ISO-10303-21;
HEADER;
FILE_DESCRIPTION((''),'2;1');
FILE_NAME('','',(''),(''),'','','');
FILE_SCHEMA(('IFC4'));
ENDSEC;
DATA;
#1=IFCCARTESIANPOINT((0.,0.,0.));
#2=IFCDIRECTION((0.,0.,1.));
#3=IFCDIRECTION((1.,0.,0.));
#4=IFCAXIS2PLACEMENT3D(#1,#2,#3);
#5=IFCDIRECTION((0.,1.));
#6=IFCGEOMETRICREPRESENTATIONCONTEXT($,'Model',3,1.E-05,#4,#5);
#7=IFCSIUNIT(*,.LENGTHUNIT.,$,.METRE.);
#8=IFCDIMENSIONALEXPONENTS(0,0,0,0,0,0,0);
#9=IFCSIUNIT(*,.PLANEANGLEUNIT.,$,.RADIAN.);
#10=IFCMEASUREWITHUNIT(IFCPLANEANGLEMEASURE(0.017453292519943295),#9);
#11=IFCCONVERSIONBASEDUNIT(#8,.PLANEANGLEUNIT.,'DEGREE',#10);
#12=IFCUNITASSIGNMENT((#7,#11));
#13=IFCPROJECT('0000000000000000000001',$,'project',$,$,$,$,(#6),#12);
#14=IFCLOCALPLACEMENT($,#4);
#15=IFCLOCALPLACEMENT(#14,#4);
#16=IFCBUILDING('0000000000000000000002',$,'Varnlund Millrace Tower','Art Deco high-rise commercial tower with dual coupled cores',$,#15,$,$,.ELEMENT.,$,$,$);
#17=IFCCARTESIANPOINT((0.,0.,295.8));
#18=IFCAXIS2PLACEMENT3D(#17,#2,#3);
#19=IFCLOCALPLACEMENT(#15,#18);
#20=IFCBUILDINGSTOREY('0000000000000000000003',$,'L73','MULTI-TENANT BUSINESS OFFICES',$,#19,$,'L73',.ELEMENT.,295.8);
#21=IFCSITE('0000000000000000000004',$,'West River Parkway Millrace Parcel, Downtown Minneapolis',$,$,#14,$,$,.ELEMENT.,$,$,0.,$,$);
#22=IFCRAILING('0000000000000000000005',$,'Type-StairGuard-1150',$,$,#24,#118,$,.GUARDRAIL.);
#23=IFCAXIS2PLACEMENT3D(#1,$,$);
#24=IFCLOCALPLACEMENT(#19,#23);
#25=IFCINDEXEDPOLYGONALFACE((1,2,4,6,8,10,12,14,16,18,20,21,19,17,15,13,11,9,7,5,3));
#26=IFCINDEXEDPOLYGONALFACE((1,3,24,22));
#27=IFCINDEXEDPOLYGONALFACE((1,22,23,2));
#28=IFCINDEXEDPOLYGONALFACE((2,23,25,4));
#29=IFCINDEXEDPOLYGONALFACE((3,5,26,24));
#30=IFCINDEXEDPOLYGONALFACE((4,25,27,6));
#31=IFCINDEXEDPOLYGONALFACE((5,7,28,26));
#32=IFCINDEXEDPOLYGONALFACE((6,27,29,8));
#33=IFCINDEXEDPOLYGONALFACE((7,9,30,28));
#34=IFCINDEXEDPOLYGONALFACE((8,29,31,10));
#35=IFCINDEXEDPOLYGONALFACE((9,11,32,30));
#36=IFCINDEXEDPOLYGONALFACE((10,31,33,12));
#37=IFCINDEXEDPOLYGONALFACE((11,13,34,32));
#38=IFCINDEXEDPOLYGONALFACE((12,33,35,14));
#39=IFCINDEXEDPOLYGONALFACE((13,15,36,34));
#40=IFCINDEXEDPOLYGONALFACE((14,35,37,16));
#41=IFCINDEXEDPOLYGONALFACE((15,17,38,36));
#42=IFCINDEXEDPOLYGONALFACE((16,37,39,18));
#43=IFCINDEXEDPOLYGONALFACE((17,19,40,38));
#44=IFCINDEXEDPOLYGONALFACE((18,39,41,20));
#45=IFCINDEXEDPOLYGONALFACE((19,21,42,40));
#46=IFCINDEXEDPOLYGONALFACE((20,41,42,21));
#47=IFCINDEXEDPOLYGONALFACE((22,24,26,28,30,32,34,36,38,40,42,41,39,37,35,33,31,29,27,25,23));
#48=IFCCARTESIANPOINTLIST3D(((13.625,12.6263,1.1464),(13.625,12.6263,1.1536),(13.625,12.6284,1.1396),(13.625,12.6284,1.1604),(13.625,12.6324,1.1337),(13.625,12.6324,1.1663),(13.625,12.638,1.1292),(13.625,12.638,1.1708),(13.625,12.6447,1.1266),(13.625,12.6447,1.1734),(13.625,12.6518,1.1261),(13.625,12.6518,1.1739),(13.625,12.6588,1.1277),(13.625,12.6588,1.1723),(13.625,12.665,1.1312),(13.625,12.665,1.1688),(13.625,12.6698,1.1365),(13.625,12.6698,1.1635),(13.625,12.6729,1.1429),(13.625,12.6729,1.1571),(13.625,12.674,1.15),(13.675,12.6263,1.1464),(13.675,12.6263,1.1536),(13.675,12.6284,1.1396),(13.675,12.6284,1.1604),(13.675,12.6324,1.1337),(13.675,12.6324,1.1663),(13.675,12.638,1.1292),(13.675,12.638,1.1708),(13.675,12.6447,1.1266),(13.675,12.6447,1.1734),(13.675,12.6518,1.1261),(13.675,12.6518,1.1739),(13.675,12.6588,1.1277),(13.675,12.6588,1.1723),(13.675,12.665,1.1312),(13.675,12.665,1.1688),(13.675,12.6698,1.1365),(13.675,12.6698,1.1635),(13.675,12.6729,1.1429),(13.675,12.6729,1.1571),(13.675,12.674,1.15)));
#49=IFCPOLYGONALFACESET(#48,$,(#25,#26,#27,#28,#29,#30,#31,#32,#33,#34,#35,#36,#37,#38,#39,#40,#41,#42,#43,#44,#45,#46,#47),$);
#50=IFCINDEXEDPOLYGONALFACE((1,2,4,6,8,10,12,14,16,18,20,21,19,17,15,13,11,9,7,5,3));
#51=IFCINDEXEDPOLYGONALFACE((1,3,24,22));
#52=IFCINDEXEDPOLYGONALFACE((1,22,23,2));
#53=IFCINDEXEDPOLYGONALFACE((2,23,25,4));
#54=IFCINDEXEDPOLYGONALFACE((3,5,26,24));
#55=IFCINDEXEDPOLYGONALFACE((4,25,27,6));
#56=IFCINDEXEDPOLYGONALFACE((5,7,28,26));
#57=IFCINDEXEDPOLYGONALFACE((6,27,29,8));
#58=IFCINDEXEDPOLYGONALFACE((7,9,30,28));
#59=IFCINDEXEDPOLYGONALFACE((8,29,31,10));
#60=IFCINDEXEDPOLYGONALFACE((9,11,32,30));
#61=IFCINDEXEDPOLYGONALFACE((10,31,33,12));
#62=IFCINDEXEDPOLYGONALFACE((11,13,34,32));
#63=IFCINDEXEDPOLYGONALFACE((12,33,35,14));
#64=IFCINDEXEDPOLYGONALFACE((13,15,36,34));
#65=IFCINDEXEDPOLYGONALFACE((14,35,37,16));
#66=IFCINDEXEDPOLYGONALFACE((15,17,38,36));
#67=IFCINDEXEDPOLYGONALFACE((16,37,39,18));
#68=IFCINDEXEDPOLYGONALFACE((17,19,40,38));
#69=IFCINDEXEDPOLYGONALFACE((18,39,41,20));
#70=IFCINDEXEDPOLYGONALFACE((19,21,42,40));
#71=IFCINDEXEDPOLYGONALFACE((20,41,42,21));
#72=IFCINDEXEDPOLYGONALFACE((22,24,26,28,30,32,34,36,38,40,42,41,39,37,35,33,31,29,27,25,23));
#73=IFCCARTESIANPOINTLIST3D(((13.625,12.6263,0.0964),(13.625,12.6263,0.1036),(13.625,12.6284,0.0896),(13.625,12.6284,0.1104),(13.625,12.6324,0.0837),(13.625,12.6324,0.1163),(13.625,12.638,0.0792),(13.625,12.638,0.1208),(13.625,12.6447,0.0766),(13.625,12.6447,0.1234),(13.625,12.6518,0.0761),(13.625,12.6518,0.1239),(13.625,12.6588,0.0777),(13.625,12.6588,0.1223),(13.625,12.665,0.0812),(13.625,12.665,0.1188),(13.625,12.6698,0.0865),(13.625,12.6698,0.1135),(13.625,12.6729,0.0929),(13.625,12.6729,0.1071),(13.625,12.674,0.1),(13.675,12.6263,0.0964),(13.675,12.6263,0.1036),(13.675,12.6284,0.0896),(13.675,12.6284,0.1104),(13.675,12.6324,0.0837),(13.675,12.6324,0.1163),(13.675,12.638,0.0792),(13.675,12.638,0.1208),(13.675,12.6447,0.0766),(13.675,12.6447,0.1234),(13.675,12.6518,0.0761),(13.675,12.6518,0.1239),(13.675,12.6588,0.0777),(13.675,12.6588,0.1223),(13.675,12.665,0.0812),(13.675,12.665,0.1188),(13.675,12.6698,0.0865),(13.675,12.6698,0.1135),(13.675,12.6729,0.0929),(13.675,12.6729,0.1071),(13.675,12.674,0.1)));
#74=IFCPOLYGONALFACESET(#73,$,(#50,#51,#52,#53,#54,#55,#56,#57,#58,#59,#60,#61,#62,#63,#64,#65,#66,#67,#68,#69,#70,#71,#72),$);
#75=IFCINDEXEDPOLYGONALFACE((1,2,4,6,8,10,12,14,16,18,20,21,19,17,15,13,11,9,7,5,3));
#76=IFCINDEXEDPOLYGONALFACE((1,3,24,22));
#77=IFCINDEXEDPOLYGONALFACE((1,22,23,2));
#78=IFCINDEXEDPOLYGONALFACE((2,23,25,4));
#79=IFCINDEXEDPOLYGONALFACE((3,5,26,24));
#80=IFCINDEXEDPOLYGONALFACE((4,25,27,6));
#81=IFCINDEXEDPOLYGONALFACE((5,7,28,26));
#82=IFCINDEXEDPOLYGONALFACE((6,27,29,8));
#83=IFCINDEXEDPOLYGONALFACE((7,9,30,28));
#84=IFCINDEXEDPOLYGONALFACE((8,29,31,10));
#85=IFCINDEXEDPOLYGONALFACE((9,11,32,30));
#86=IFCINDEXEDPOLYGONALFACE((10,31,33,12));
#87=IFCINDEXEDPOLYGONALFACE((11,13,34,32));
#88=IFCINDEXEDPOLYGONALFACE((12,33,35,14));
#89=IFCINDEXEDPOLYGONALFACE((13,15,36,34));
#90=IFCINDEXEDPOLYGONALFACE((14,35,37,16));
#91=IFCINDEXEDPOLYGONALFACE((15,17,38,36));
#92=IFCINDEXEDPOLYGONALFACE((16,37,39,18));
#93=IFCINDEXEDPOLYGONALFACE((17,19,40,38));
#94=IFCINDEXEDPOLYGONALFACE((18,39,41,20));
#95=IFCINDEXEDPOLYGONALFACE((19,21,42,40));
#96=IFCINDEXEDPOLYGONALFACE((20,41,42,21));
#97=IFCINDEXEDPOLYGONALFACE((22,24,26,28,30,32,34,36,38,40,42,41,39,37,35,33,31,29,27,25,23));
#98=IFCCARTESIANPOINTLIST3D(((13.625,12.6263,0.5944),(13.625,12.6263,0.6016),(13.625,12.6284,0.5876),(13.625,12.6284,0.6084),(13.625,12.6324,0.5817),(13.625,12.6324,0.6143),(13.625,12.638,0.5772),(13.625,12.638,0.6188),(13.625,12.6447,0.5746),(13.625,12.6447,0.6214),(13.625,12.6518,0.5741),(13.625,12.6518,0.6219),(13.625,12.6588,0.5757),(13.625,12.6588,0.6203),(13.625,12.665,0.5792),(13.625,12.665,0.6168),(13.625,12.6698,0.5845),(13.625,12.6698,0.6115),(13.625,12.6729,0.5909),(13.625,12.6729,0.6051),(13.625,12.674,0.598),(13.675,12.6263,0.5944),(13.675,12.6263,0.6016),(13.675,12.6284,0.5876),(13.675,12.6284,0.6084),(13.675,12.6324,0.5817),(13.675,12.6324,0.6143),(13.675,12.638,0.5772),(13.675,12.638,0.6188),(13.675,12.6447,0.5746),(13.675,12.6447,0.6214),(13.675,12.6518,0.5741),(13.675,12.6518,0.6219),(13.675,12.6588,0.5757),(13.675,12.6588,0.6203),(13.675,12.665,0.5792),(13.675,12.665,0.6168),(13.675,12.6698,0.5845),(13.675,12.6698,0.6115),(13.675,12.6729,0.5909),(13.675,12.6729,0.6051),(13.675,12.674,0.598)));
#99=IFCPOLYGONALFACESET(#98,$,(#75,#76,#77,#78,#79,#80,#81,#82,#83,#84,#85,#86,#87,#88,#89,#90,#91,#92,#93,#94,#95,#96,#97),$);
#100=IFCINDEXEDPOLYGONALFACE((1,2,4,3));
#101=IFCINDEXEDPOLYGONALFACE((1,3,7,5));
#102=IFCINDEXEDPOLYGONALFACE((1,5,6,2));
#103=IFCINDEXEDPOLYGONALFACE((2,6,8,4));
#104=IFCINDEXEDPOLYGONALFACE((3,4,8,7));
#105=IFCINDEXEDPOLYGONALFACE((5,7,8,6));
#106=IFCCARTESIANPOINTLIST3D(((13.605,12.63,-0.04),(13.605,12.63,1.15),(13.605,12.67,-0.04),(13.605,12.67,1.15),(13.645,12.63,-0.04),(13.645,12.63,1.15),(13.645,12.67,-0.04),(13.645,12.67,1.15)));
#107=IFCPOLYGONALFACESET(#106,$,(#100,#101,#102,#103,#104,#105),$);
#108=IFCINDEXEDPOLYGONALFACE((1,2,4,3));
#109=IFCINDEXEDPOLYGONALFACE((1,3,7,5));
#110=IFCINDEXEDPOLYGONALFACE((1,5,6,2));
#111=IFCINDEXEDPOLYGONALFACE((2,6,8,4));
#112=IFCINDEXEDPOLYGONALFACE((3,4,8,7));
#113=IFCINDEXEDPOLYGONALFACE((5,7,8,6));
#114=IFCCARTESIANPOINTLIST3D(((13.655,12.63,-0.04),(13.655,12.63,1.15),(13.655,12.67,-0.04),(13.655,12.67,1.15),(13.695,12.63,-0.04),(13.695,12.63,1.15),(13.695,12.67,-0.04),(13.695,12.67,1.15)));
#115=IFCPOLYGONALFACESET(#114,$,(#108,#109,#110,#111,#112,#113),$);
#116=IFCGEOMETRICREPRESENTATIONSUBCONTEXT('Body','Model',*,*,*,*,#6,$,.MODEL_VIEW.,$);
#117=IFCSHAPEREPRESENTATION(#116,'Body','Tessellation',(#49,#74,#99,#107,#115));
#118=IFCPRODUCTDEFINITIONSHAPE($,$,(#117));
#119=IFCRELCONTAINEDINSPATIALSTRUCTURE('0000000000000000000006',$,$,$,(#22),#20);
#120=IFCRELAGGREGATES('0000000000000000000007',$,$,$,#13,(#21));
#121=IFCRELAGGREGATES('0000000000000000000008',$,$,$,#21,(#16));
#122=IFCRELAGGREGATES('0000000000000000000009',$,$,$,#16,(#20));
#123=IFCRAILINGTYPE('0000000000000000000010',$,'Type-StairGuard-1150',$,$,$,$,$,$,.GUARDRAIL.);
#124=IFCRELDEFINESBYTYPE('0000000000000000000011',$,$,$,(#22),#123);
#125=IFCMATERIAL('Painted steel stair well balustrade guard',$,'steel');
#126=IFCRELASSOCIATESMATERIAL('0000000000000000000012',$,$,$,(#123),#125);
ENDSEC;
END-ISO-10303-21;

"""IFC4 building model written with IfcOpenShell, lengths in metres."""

from ifc_helpers import new_model, entity, si_unit, converted_unit, direction, frame, origin_with_axes, origin_2d_with_axis, place, context, subcontext, project, spatial, rectangle, circle, extrude, material, type_object, element, save


model = new_model("IFC4")

# Units and contexts
model_context = context("Model", 3, precision=1e-05, world=origin_with_axes(), true_north=direction((0.0, 1.0)))
body_context = subcontext(model_context, "Body", "Model", "MODEL_VIEW")
ifc_project = project(units=[si_unit("LENGTHUNIT", "METRE"), converted_unit("PLANEANGLEUNIT", "DEGREE", entity("IfcPlaneAngleMeasure", 0.017453292519943295), si_unit("PLANEANGLEUNIT", "RADIAN"), dimensions=[0, 0, 0, 0, 0, 0, 0])], contexts=[model_context])

# Site, building, storey
site_placement = place(None, origin_with_axes())
site = spatial("IfcSite", under=ifc_project, at=site_placement, Name="West River Parkway Millrace Parcel, Downtown Minneapolis", CompositionType="ELEMENT", RefElevation=0.0)
building_placement = place(site_placement, origin_with_axes())
building = spatial("IfcBuilding", under=site, at=building_placement, Name="Varnlund Millrace Tower", Description="Art Deco high-rise commercial tower with dual coupled cores", CompositionType="ELEMENT")
storey_placement = place(building_placement, frame((0.0, 0.0, 295.8), z_axis=(0.0, 0.0, 1.0), x_axis=(1.0, 0.0, 0.0)))
storey = spatial("IfcBuildingStorey", under=building, at=storey_placement, Name="L73", Description="MULTI-TENANT BUSINESS OFFICES", LongName="L73", CompositionType="ELEMENT", Elevation=295.8)

# Railing
ifc_material_1 = material(Name="Painted steel stair well balustrade guard", Category="steel")
railing_type_1 = type_object("IfcRailingType", Name="Type-StairGuard-1150", PredefinedType="GUARDRAIL", material=ifc_material_1)
railing_1_placement = place(storey_placement, frame((0.0, 0.0, -295.8), z_axis=(0.0, 0.0, 1.0), x_axis=(1.0, 0.0, 0.0)))
element("IfcRailing", 1, at=railing_1_placement, inside=storey, type_object=railing_type_1, Name="Type-StairGuard-1150", PredefinedType="GUARDRAIL", context=body_context, shape_type="SweptSolid", body=[
    extrude(circle(Radius=0.024, at=origin_2d_with_axis()), frame((13.625, 12.65, 296.95), z_axis=(1.0, 0.0, 0.0), x_axis=(0.0, 1.0, 0.0)), (0.0, 0.0, 1.0), 0.05),
    extrude(circle(Radius=0.024, at=origin_2d_with_axis()), frame((13.625, 12.65, 295.9), z_axis=(1.0, 0.0, 0.0), x_axis=(0.0, 1.0, 0.0)), (0.0, 0.0, 1.0), 0.05),
    extrude(circle(Radius=0.024, at=origin_2d_with_axis()), frame((13.625, 12.65, 296.398), z_axis=(1.0, 0.0, 0.0), x_axis=(0.0, 1.0, 0.0)), (0.0, 0.0, 1.0), 0.05),
    extrude(rectangle(XDim=0.04, YDim=0.04, at=origin_2d_with_axis()), frame((13.625, 12.65, 295.76), z_axis=(0.0, 0.0, 1.0), x_axis=(1.0, 0.0, 0.0)), (0.0, 0.0, 1.0), 1.19),
    extrude(rectangle(XDim=0.04, YDim=0.04, at=origin_2d_with_axis()), frame((13.675, 12.65, 295.76), z_axis=(0.0, 0.0, 1.0), x_axis=(1.0, 0.0, 0.0)), (0.0, 0.0, 1.0), 1.19),
])

save(model, "model.ifc")
